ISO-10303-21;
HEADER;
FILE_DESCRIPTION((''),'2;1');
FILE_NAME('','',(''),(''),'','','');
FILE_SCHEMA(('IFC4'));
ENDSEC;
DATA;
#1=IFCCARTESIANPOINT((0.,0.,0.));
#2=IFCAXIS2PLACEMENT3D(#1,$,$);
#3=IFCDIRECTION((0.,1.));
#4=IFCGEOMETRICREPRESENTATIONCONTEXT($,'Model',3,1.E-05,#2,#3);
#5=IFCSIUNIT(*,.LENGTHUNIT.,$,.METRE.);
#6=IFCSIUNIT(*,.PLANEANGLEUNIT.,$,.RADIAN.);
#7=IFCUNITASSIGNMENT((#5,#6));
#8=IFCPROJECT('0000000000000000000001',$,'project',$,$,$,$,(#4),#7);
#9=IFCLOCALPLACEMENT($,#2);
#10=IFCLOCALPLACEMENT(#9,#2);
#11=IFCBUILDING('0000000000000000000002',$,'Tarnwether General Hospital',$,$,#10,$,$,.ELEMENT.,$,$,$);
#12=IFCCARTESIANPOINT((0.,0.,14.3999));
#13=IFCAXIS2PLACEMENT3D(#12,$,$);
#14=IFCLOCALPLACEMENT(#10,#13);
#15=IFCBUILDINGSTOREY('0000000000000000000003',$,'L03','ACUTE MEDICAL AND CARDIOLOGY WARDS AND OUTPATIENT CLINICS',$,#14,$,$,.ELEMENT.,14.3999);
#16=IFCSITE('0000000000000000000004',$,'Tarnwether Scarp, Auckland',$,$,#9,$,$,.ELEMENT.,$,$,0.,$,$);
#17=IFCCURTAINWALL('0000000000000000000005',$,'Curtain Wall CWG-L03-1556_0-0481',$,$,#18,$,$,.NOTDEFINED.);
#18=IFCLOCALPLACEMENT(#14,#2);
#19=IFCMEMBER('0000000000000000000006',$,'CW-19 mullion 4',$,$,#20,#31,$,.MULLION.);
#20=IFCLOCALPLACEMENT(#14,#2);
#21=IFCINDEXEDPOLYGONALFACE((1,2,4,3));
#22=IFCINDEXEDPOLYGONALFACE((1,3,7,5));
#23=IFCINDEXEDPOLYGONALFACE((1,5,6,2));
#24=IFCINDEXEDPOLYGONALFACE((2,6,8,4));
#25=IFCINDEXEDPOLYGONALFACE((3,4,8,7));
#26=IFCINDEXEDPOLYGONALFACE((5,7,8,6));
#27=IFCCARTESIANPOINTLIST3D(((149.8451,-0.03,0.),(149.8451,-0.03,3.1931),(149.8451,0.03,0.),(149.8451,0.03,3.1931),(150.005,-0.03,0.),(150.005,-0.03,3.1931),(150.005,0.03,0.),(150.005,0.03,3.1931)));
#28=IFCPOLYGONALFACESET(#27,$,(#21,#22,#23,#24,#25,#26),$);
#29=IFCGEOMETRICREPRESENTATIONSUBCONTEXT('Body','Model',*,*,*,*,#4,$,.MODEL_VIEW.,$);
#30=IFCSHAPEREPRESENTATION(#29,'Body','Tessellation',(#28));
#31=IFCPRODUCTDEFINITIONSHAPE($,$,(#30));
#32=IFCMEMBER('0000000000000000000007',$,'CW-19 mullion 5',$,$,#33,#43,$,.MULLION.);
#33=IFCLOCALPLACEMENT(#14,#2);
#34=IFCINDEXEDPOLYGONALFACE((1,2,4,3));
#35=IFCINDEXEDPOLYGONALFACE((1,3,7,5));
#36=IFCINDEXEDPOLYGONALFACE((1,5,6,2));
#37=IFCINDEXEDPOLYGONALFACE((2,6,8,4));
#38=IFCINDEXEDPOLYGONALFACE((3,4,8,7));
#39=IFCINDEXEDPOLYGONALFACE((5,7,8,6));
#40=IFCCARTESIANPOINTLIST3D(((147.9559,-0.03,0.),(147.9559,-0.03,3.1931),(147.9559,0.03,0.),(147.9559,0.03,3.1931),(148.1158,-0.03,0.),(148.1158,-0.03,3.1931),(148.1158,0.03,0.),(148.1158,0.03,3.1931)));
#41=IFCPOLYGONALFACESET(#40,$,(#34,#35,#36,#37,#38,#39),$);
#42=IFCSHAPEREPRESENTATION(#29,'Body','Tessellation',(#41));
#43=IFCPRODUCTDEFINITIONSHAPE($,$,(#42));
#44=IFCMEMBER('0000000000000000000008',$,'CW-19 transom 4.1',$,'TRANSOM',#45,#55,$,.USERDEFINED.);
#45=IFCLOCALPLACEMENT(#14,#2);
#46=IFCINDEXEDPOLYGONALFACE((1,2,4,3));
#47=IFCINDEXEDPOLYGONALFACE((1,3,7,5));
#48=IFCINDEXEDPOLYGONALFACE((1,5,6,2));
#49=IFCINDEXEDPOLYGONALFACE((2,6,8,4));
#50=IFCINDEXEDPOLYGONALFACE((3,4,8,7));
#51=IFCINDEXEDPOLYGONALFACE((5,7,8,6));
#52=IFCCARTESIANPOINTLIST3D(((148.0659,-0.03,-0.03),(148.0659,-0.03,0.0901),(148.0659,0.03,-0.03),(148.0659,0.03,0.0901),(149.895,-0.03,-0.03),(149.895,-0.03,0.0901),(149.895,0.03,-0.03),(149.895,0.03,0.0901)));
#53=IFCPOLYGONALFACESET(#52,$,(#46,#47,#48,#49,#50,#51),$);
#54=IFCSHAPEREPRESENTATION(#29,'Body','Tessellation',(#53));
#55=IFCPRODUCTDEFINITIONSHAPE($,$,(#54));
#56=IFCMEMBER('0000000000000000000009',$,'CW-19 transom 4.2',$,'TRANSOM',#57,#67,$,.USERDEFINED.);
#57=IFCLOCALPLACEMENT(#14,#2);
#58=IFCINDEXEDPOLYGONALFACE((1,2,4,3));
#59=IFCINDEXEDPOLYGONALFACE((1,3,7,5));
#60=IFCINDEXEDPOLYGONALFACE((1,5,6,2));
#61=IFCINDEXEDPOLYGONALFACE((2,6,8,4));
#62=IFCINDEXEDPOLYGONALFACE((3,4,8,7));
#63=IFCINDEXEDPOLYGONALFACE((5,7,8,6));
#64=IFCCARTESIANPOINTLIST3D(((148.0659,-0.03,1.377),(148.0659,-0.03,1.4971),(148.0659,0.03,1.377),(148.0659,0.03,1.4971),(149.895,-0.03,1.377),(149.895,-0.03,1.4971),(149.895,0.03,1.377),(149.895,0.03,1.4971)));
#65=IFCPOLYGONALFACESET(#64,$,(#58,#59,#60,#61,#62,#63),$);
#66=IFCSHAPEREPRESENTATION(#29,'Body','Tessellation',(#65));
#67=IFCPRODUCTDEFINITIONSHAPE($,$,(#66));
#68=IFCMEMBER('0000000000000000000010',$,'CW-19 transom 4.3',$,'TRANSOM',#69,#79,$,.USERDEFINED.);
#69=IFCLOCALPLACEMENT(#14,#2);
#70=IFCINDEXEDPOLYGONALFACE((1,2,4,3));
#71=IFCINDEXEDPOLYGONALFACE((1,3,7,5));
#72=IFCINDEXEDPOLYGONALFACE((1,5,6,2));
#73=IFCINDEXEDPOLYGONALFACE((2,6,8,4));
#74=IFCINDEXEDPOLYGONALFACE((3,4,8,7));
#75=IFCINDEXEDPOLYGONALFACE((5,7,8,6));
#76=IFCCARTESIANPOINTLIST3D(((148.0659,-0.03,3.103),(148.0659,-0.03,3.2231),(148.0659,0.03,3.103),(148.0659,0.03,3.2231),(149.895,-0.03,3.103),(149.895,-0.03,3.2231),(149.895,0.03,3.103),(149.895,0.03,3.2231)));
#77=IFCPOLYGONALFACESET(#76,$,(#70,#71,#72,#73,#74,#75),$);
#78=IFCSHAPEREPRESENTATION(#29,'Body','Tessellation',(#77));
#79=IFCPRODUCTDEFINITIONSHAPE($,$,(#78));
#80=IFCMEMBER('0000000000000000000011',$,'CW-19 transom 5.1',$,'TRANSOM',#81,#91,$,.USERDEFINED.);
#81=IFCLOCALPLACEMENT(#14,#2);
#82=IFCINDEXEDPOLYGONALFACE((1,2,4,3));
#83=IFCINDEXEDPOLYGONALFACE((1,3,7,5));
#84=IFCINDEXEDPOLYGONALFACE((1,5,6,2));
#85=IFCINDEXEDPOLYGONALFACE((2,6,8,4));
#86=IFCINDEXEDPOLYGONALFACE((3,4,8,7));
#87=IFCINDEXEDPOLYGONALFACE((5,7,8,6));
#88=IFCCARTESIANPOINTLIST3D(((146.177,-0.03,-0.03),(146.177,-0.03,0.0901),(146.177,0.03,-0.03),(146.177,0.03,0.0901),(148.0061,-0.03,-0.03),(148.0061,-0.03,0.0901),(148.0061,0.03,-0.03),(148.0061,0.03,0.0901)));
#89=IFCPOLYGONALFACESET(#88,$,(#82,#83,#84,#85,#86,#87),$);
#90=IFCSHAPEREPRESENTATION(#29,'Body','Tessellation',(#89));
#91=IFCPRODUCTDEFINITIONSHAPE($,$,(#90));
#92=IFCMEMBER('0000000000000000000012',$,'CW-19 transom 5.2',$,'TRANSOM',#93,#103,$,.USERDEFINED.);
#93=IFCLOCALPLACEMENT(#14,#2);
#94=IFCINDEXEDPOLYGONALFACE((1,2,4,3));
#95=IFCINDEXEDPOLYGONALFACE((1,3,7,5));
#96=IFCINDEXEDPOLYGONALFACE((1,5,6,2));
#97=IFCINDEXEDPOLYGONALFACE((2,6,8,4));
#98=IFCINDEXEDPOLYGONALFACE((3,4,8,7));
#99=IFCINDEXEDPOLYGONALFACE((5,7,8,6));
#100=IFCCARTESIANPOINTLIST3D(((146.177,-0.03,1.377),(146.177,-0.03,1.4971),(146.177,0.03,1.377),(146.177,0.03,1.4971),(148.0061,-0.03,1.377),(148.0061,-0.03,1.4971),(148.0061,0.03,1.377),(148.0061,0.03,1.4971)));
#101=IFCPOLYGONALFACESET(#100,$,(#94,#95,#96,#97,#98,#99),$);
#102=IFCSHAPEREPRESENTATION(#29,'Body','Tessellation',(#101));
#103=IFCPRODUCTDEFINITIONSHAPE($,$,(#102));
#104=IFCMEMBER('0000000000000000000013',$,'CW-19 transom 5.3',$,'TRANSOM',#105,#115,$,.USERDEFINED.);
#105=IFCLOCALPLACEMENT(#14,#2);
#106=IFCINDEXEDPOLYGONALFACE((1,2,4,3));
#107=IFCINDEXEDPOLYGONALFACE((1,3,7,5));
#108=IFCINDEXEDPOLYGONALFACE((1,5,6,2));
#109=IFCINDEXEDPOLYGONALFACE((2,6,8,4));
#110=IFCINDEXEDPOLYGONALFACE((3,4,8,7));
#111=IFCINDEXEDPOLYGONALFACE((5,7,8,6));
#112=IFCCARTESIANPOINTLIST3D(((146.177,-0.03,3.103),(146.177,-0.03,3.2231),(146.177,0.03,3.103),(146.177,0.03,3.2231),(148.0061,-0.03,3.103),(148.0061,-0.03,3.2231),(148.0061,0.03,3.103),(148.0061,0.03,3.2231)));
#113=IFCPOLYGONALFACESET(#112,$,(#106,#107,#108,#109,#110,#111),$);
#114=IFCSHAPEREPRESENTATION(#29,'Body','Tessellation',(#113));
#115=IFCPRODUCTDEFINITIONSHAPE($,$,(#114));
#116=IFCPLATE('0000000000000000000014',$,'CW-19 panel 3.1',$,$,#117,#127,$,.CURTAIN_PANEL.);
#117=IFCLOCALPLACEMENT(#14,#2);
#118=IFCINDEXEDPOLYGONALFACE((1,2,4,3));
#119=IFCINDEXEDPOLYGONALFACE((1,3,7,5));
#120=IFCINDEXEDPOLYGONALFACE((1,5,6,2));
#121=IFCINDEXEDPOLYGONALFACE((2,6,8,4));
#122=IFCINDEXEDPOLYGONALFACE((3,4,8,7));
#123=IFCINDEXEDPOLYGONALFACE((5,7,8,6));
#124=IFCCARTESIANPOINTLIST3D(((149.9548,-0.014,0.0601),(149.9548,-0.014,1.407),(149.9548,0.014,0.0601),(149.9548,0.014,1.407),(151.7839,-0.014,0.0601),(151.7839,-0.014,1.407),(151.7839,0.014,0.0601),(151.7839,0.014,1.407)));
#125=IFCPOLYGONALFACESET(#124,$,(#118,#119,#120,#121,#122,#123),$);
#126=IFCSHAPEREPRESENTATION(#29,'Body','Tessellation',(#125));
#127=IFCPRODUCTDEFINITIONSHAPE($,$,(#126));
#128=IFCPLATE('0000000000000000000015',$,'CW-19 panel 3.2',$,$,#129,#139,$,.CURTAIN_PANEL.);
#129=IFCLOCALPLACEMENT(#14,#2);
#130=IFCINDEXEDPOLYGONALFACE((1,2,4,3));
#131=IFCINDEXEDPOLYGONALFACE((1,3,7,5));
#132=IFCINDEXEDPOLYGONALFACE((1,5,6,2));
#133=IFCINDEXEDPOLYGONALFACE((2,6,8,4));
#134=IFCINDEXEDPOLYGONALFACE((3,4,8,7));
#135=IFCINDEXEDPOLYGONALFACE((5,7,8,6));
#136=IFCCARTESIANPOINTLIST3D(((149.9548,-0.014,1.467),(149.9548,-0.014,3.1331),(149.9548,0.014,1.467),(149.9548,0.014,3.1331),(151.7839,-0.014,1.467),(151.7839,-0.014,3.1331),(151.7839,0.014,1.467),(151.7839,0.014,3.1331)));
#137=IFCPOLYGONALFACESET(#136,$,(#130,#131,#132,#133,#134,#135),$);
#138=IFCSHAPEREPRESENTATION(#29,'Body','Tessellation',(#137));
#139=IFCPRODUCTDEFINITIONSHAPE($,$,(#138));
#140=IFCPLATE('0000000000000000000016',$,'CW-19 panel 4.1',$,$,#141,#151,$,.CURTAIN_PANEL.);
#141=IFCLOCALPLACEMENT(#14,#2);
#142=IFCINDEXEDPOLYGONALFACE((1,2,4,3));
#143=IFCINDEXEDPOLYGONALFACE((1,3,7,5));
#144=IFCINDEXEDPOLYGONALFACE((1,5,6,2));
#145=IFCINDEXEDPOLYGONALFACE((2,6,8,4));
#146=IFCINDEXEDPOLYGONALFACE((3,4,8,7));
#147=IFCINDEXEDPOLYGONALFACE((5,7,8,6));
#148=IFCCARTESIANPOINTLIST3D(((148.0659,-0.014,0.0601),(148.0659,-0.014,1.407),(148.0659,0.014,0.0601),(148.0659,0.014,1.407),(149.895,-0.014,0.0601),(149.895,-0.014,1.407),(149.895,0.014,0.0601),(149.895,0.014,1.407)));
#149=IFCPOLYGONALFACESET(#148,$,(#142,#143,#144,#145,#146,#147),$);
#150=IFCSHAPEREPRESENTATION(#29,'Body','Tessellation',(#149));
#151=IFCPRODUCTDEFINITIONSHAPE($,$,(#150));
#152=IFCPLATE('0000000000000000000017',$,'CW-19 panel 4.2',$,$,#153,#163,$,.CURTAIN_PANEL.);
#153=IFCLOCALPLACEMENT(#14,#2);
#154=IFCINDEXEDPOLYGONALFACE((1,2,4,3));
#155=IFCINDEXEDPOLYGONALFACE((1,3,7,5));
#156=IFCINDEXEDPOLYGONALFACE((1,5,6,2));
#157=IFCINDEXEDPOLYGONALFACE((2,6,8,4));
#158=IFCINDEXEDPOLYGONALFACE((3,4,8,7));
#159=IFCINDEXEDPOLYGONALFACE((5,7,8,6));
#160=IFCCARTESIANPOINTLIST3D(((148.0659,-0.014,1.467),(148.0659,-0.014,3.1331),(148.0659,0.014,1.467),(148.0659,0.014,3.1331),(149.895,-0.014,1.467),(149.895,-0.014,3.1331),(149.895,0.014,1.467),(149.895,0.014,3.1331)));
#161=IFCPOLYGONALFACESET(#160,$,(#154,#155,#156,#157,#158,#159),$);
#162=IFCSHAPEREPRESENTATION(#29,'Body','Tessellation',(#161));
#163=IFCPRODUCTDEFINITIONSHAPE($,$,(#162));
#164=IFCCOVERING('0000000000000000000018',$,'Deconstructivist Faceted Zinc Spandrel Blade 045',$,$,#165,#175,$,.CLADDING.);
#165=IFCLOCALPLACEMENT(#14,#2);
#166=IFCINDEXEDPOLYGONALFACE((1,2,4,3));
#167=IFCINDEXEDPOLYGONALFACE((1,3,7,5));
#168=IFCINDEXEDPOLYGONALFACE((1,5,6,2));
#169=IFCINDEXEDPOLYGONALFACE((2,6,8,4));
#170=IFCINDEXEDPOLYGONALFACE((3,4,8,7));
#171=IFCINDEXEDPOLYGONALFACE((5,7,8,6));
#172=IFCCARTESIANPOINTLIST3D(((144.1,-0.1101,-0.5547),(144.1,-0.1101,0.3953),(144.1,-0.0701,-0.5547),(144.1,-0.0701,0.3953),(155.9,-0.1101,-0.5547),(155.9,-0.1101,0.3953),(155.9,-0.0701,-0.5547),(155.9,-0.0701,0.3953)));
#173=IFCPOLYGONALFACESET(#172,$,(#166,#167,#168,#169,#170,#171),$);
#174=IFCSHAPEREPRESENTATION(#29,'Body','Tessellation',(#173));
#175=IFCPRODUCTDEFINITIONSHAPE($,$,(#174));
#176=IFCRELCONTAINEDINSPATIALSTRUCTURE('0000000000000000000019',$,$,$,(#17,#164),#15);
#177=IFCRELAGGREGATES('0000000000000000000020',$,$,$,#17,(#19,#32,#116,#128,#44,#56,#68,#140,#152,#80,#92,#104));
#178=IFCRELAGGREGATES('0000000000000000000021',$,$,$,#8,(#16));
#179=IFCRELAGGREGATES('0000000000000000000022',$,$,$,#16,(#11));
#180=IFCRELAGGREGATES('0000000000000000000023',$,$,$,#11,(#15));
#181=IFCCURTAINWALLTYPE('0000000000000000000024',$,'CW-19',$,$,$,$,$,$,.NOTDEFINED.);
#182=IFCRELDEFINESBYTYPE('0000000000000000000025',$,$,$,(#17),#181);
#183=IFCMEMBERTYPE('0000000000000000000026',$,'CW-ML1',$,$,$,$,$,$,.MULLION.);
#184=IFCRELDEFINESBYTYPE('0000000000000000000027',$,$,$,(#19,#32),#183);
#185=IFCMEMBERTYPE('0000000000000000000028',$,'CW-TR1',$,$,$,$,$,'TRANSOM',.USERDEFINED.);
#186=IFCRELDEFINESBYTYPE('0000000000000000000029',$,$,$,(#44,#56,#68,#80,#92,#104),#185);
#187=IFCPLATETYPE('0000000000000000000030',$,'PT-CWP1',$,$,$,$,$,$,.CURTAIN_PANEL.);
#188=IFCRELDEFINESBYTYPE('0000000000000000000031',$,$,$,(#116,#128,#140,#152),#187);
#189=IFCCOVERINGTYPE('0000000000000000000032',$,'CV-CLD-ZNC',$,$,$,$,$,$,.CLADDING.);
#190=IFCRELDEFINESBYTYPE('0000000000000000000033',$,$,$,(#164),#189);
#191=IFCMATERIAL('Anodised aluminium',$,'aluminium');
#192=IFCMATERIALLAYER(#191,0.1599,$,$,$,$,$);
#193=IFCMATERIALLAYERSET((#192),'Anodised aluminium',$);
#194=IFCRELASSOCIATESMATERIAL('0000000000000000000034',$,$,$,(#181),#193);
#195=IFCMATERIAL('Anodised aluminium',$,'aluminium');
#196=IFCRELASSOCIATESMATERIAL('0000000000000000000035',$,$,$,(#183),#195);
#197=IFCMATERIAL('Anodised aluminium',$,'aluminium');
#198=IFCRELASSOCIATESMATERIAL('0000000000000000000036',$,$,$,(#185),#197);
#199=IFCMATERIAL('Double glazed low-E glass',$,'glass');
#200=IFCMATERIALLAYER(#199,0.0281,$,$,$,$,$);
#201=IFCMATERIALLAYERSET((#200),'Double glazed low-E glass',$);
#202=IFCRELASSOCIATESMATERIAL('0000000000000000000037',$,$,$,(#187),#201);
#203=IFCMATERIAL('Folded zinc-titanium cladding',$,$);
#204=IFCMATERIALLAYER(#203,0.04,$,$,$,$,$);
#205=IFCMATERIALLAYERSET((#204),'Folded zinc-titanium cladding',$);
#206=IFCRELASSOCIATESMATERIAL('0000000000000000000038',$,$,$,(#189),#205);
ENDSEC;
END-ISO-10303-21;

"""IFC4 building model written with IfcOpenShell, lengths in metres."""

from ifc_helpers import new_model, si_unit, direction, frame, origin, origin_2d, place, context, subcontext, project, spatial, rectangle, extrude, material, layer, layer_set, material_profile, profile_set, type_object, element, aggregate, save


model = new_model("IFC4")

# Units and contexts
model_context = context("Model", 3, precision=1e-05, world=origin(), true_north=direction((0.0, 1.0)))
body_context = subcontext(model_context, "Body", "Model", "MODEL_VIEW")
ifc_project = project(units=[si_unit("LENGTHUNIT", "METRE"), si_unit("PLANEANGLEUNIT", "RADIAN")], contexts=[model_context])

# Site, building, storey
site_placement = place(None, origin())
site = spatial("IfcSite", under=ifc_project, at=site_placement, Name="Tarnwether Scarp, Auckland", CompositionType="ELEMENT", RefElevation=0.0)
building_placement = place(site_placement, origin())
building = spatial("IfcBuilding", under=site, at=building_placement, Name="Tarnwether General Hospital", CompositionType="ELEMENT")
storey_placement = place(building_placement, frame((0.0, 0.0, 14.3999)))
storey = spatial("IfcBuildingStorey", under=building, at=storey_placement, Name="L03", Description="ACUTE MEDICAL AND CARDIOLOGY WARDS AND OUTPATIENT CLINICS", CompositionType="ELEMENT", Elevation=14.3999)

# Curtain wall, members, plates
ifc_material_1 = material(Name="Anodised aluminium", Category="aluminium")
ifc_layer_1 = layer(ifc_material_1, 0.1599)
ifc_layer_set_1 = layer_set([ifc_layer_1], Name="Anodised aluminium")
curtain_wall_type = type_object("IfcCurtainWallType", Name="CW-19", PredefinedType="NOTDEFINED", material=ifc_layer_set_1)
curtain_wall_placement = place(storey_placement, origin())
curtain_wall = element("IfcCurtainWall", 1, at=curtain_wall_placement, inside=storey, type_object=curtain_wall_type, Name="Curtain Wall CWG-L03-1556_0-0481", PredefinedType="NOTDEFINED")
ifc_material_2 = material(Name="Anodised aluminium", Category="aluminium")
ifc_material_profile_1 = material_profile(ifc_material_2, rectangle(XDim=0.0601, YDim=0.1599, at=origin_2d()), Name="ALU-MUL-60x160")
ifc_profile_set_1 = profile_set([ifc_material_profile_1], Name="Anodised aluminium")
member_type_1 = type_object("IfcMemberType", Name="CW-ML1", PredefinedType="MULLION", material=ifc_profile_set_1)
member_1_placement = place(storey_placement, frame((149.925, 0.0, 0.0), z_axis=(0.0, 0.0, 1.0), x_axis=(0.0, -1.0, 0.0)))
member_1 = element("IfcMember", 2, at=member_1_placement, type_object=member_type_1, Name="CW-19 mullion 4", PredefinedType="MULLION", context=body_context, shape_type="SweptSolid", body=[
    extrude(rectangle(XDim=0.0601, YDim=0.1599, at=origin_2d()), origin(), (0.0, 0.0, 1.0), 3.1931),
])
member_2_placement = place(storey_placement, frame((148.0359, 0.0, 0.0), z_axis=(0.0, 0.0, 1.0), x_axis=(0.0, -1.0, 0.0)))
member_2 = element("IfcMember", 3, at=member_2_placement, type_object=member_type_1, Name="CW-19 mullion 5", PredefinedType="MULLION", context=body_context, shape_type="SweptSolid", body=[
    extrude(rectangle(XDim=0.0601, YDim=0.1599, at=origin_2d()), origin(), (0.0, 0.0, 1.0), 3.1931),
])
ifc_material_3 = material(Name="Anodised aluminium", Category="aluminium")
ifc_material_profile_2 = material_profile(ifc_material_3, rectangle(XDim=0.0601, YDim=0.1201, at=origin_2d()), Name="ALU-TRN-60x120")
ifc_profile_set_2 = profile_set([ifc_material_profile_2], Name="Anodised aluminium")
member_type_2 = type_object("IfcMemberType", Name="CW-TR1", ElementType="TRANSOM", PredefinedType="USERDEFINED", material=ifc_profile_set_2)
member_3_placement = place(storey_placement, frame((149.895, 0.0, 0.03), z_axis=(-1.0, 0.0, 0.0), x_axis=(0.0, -1.0, 0.0)))
member_3 = element("IfcMember", 4, at=member_3_placement, type_object=member_type_2, Name="CW-19 transom 4.1", ObjectType="TRANSOM", PredefinedType="USERDEFINED", context=body_context, shape_type="SweptSolid", body=[
    extrude(rectangle(XDim=0.0601, YDim=0.1201, at=origin_2d()), origin(), (0.0, 0.0, 1.0), 1.8291),
])
member_4_placement = place(storey_placement, frame((149.895, 0.0, 1.437), z_axis=(-1.0, 0.0, 0.0), x_axis=(0.0, -1.0, 0.0)))
member_4 = element("IfcMember", 5, at=member_4_placement, type_object=member_type_2, Name="CW-19 transom 4.2", ObjectType="TRANSOM", PredefinedType="USERDEFINED", context=body_context, shape_type="SweptSolid", body=[
    extrude(rectangle(XDim=0.0601, YDim=0.1201, at=origin_2d()), origin(), (0.0, 0.0, 1.0), 1.8291),
])
member_5_placement = place(storey_placement, frame((149.895, 0.0, 3.1631), z_axis=(-1.0, 0.0, 0.0), x_axis=(0.0, -1.0, 0.0)))
member_5 = element("IfcMember", 6, at=member_5_placement, type_object=member_type_2, Name="CW-19 transom 4.3", ObjectType="TRANSOM", PredefinedType="USERDEFINED", context=body_context, shape_type="SweptSolid", body=[
    extrude(rectangle(XDim=0.0601, YDim=0.1201, at=origin_2d()), origin(), (0.0, 0.0, 1.0), 1.8291),
])
member_6_placement = place(storey_placement, frame((148.0061, 0.0, 0.03), z_axis=(-1.0, 0.0, 0.0), x_axis=(0.0, -1.0, 0.0)))
member_6 = element("IfcMember", 7, at=member_6_placement, type_object=member_type_2, Name="CW-19 transom 5.1", ObjectType="TRANSOM", PredefinedType="USERDEFINED", context=body_context, shape_type="SweptSolid", body=[
    extrude(rectangle(XDim=0.0601, YDim=0.1201, at=origin_2d()), origin(), (0.0, 0.0, 1.0), 1.8291),
])
member_7_placement = place(storey_placement, frame((148.0061, 0.0, 1.437), z_axis=(-1.0, 0.0, 0.0), x_axis=(0.0, -1.0, 0.0)))
member_7 = element("IfcMember", 8, at=member_7_placement, type_object=member_type_2, Name="CW-19 transom 5.2", ObjectType="TRANSOM", PredefinedType="USERDEFINED", context=body_context, shape_type="SweptSolid", body=[
    extrude(rectangle(XDim=0.0601, YDim=0.1201, at=origin_2d()), origin(), (0.0, 0.0, 1.0), 1.8291),
])
member_8_placement = place(storey_placement, frame((148.0061, 0.0, 3.1631), z_axis=(-1.0, 0.0, 0.0), x_axis=(0.0, -1.0, 0.0)))
member_8 = element("IfcMember", 9, at=member_8_placement, type_object=member_type_2, Name="CW-19 transom 5.3", ObjectType="TRANSOM", PredefinedType="USERDEFINED", context=body_context, shape_type="SweptSolid", body=[
    extrude(rectangle(XDim=0.0601, YDim=0.1201, at=origin_2d()), origin(), (0.0, 0.0, 1.0), 1.8291),
])
ifc_material_4 = material(Name="Double glazed low-E glass", Category="glass")
ifc_layer_2 = layer(ifc_material_4, 0.0281)
ifc_layer_set_2 = layer_set([ifc_layer_2], Name="Double glazed low-E glass")
plate_type = type_object("IfcPlateType", Name="PT-CWP1", PredefinedType="CURTAIN_PANEL", material=ifc_layer_set_2)
plate_1_placement = place(storey_placement, frame((150.8694, 0.0, 0.0601), z_axis=(0.0, 0.0, 1.0), x_axis=(-1.0, 0.0, 0.0)))
plate_1 = element("IfcPlate", 10, at=plate_1_placement, type_object=plate_type, Name="CW-19 panel 3.1", PredefinedType="CURTAIN_PANEL", context=body_context, shape_type="SweptSolid", body=[
    extrude(rectangle(XDim=1.8291, YDim=0.0281, at=origin_2d()), origin(), (0.0, 0.0, 1.0), 1.3469),
])
plate_2_placement = place(storey_placement, frame((150.8694, 0.0, 1.467), z_axis=(0.0, 0.0, 1.0), x_axis=(-1.0, 0.0, 0.0)))
plate_2 = element("IfcPlate", 11, at=plate_2_placement, type_object=plate_type, Name="CW-19 panel 3.2", PredefinedType="CURTAIN_PANEL", context=body_context, shape_type="SweptSolid", body=[
    extrude(rectangle(XDim=1.8291, YDim=0.0281, at=origin_2d()), origin(), (0.0, 0.0, 1.0), 1.666),
])
plate_3_placement = place(storey_placement, frame((148.9805, 0.0, 0.0601), z_axis=(0.0, 0.0, 1.0), x_axis=(-1.0, 0.0, 0.0)))
plate_3 = element("IfcPlate", 12, at=plate_3_placement, type_object=plate_type, Name="CW-19 panel 4.1", PredefinedType="CURTAIN_PANEL", context=body_context, shape_type="SweptSolid", body=[
    extrude(rectangle(XDim=1.8291, YDim=0.0281, at=origin_2d()), origin(), (0.0, 0.0, 1.0), 1.3469),
])
plate_4_placement = place(storey_placement, frame((148.9805, 0.0, 1.467), z_axis=(0.0, 0.0, 1.0), x_axis=(-1.0, 0.0, 0.0)))
plate_4 = element("IfcPlate", 13, at=plate_4_placement, type_object=plate_type, Name="CW-19 panel 4.2", PredefinedType="CURTAIN_PANEL", context=body_context, shape_type="SweptSolid", body=[
    extrude(rectangle(XDim=1.8291, YDim=0.0281, at=origin_2d()), origin(), (0.0, 0.0, 1.0), 1.666),
])
aggregate(curtain_wall, [member_1, member_2, plate_1, plate_2, member_3, member_4, member_5, plate_3, plate_4, member_6, member_7, member_8])

# Covering
ifc_material_5 = material(Name="Folded zinc-titanium cladding")
ifc_layer_3 = layer(ifc_material_5, 0.04)
ifc_layer_set_3 = layer_set([ifc_layer_3], Name="Folded zinc-titanium cladding")
covering_type = type_object("IfcCoveringType", Name="CV-CLD-ZNC", PredefinedType="CLADDING", material=ifc_layer_set_3)
covering_placement = place(storey_placement, frame((150.0, -0.0901, -0.5547), z_axis=(0.0, 0.0, 1.0), x_axis=(1.0, 0.0, 0.0)))
element("IfcCovering", 14, at=covering_placement, inside=storey, type_object=covering_type, Name="Deconstructivist Faceted Zinc Spandrel Blade 045", PredefinedType="CLADDING", context=body_context, shape_type="SweptSolid", body=[
    extrude(rectangle(XDim=11.8, YDim=0.04, at=origin_2d()), origin(), (0.0, 0.0, 1.0), 0.95),
])

save(model, "model.ifc")
